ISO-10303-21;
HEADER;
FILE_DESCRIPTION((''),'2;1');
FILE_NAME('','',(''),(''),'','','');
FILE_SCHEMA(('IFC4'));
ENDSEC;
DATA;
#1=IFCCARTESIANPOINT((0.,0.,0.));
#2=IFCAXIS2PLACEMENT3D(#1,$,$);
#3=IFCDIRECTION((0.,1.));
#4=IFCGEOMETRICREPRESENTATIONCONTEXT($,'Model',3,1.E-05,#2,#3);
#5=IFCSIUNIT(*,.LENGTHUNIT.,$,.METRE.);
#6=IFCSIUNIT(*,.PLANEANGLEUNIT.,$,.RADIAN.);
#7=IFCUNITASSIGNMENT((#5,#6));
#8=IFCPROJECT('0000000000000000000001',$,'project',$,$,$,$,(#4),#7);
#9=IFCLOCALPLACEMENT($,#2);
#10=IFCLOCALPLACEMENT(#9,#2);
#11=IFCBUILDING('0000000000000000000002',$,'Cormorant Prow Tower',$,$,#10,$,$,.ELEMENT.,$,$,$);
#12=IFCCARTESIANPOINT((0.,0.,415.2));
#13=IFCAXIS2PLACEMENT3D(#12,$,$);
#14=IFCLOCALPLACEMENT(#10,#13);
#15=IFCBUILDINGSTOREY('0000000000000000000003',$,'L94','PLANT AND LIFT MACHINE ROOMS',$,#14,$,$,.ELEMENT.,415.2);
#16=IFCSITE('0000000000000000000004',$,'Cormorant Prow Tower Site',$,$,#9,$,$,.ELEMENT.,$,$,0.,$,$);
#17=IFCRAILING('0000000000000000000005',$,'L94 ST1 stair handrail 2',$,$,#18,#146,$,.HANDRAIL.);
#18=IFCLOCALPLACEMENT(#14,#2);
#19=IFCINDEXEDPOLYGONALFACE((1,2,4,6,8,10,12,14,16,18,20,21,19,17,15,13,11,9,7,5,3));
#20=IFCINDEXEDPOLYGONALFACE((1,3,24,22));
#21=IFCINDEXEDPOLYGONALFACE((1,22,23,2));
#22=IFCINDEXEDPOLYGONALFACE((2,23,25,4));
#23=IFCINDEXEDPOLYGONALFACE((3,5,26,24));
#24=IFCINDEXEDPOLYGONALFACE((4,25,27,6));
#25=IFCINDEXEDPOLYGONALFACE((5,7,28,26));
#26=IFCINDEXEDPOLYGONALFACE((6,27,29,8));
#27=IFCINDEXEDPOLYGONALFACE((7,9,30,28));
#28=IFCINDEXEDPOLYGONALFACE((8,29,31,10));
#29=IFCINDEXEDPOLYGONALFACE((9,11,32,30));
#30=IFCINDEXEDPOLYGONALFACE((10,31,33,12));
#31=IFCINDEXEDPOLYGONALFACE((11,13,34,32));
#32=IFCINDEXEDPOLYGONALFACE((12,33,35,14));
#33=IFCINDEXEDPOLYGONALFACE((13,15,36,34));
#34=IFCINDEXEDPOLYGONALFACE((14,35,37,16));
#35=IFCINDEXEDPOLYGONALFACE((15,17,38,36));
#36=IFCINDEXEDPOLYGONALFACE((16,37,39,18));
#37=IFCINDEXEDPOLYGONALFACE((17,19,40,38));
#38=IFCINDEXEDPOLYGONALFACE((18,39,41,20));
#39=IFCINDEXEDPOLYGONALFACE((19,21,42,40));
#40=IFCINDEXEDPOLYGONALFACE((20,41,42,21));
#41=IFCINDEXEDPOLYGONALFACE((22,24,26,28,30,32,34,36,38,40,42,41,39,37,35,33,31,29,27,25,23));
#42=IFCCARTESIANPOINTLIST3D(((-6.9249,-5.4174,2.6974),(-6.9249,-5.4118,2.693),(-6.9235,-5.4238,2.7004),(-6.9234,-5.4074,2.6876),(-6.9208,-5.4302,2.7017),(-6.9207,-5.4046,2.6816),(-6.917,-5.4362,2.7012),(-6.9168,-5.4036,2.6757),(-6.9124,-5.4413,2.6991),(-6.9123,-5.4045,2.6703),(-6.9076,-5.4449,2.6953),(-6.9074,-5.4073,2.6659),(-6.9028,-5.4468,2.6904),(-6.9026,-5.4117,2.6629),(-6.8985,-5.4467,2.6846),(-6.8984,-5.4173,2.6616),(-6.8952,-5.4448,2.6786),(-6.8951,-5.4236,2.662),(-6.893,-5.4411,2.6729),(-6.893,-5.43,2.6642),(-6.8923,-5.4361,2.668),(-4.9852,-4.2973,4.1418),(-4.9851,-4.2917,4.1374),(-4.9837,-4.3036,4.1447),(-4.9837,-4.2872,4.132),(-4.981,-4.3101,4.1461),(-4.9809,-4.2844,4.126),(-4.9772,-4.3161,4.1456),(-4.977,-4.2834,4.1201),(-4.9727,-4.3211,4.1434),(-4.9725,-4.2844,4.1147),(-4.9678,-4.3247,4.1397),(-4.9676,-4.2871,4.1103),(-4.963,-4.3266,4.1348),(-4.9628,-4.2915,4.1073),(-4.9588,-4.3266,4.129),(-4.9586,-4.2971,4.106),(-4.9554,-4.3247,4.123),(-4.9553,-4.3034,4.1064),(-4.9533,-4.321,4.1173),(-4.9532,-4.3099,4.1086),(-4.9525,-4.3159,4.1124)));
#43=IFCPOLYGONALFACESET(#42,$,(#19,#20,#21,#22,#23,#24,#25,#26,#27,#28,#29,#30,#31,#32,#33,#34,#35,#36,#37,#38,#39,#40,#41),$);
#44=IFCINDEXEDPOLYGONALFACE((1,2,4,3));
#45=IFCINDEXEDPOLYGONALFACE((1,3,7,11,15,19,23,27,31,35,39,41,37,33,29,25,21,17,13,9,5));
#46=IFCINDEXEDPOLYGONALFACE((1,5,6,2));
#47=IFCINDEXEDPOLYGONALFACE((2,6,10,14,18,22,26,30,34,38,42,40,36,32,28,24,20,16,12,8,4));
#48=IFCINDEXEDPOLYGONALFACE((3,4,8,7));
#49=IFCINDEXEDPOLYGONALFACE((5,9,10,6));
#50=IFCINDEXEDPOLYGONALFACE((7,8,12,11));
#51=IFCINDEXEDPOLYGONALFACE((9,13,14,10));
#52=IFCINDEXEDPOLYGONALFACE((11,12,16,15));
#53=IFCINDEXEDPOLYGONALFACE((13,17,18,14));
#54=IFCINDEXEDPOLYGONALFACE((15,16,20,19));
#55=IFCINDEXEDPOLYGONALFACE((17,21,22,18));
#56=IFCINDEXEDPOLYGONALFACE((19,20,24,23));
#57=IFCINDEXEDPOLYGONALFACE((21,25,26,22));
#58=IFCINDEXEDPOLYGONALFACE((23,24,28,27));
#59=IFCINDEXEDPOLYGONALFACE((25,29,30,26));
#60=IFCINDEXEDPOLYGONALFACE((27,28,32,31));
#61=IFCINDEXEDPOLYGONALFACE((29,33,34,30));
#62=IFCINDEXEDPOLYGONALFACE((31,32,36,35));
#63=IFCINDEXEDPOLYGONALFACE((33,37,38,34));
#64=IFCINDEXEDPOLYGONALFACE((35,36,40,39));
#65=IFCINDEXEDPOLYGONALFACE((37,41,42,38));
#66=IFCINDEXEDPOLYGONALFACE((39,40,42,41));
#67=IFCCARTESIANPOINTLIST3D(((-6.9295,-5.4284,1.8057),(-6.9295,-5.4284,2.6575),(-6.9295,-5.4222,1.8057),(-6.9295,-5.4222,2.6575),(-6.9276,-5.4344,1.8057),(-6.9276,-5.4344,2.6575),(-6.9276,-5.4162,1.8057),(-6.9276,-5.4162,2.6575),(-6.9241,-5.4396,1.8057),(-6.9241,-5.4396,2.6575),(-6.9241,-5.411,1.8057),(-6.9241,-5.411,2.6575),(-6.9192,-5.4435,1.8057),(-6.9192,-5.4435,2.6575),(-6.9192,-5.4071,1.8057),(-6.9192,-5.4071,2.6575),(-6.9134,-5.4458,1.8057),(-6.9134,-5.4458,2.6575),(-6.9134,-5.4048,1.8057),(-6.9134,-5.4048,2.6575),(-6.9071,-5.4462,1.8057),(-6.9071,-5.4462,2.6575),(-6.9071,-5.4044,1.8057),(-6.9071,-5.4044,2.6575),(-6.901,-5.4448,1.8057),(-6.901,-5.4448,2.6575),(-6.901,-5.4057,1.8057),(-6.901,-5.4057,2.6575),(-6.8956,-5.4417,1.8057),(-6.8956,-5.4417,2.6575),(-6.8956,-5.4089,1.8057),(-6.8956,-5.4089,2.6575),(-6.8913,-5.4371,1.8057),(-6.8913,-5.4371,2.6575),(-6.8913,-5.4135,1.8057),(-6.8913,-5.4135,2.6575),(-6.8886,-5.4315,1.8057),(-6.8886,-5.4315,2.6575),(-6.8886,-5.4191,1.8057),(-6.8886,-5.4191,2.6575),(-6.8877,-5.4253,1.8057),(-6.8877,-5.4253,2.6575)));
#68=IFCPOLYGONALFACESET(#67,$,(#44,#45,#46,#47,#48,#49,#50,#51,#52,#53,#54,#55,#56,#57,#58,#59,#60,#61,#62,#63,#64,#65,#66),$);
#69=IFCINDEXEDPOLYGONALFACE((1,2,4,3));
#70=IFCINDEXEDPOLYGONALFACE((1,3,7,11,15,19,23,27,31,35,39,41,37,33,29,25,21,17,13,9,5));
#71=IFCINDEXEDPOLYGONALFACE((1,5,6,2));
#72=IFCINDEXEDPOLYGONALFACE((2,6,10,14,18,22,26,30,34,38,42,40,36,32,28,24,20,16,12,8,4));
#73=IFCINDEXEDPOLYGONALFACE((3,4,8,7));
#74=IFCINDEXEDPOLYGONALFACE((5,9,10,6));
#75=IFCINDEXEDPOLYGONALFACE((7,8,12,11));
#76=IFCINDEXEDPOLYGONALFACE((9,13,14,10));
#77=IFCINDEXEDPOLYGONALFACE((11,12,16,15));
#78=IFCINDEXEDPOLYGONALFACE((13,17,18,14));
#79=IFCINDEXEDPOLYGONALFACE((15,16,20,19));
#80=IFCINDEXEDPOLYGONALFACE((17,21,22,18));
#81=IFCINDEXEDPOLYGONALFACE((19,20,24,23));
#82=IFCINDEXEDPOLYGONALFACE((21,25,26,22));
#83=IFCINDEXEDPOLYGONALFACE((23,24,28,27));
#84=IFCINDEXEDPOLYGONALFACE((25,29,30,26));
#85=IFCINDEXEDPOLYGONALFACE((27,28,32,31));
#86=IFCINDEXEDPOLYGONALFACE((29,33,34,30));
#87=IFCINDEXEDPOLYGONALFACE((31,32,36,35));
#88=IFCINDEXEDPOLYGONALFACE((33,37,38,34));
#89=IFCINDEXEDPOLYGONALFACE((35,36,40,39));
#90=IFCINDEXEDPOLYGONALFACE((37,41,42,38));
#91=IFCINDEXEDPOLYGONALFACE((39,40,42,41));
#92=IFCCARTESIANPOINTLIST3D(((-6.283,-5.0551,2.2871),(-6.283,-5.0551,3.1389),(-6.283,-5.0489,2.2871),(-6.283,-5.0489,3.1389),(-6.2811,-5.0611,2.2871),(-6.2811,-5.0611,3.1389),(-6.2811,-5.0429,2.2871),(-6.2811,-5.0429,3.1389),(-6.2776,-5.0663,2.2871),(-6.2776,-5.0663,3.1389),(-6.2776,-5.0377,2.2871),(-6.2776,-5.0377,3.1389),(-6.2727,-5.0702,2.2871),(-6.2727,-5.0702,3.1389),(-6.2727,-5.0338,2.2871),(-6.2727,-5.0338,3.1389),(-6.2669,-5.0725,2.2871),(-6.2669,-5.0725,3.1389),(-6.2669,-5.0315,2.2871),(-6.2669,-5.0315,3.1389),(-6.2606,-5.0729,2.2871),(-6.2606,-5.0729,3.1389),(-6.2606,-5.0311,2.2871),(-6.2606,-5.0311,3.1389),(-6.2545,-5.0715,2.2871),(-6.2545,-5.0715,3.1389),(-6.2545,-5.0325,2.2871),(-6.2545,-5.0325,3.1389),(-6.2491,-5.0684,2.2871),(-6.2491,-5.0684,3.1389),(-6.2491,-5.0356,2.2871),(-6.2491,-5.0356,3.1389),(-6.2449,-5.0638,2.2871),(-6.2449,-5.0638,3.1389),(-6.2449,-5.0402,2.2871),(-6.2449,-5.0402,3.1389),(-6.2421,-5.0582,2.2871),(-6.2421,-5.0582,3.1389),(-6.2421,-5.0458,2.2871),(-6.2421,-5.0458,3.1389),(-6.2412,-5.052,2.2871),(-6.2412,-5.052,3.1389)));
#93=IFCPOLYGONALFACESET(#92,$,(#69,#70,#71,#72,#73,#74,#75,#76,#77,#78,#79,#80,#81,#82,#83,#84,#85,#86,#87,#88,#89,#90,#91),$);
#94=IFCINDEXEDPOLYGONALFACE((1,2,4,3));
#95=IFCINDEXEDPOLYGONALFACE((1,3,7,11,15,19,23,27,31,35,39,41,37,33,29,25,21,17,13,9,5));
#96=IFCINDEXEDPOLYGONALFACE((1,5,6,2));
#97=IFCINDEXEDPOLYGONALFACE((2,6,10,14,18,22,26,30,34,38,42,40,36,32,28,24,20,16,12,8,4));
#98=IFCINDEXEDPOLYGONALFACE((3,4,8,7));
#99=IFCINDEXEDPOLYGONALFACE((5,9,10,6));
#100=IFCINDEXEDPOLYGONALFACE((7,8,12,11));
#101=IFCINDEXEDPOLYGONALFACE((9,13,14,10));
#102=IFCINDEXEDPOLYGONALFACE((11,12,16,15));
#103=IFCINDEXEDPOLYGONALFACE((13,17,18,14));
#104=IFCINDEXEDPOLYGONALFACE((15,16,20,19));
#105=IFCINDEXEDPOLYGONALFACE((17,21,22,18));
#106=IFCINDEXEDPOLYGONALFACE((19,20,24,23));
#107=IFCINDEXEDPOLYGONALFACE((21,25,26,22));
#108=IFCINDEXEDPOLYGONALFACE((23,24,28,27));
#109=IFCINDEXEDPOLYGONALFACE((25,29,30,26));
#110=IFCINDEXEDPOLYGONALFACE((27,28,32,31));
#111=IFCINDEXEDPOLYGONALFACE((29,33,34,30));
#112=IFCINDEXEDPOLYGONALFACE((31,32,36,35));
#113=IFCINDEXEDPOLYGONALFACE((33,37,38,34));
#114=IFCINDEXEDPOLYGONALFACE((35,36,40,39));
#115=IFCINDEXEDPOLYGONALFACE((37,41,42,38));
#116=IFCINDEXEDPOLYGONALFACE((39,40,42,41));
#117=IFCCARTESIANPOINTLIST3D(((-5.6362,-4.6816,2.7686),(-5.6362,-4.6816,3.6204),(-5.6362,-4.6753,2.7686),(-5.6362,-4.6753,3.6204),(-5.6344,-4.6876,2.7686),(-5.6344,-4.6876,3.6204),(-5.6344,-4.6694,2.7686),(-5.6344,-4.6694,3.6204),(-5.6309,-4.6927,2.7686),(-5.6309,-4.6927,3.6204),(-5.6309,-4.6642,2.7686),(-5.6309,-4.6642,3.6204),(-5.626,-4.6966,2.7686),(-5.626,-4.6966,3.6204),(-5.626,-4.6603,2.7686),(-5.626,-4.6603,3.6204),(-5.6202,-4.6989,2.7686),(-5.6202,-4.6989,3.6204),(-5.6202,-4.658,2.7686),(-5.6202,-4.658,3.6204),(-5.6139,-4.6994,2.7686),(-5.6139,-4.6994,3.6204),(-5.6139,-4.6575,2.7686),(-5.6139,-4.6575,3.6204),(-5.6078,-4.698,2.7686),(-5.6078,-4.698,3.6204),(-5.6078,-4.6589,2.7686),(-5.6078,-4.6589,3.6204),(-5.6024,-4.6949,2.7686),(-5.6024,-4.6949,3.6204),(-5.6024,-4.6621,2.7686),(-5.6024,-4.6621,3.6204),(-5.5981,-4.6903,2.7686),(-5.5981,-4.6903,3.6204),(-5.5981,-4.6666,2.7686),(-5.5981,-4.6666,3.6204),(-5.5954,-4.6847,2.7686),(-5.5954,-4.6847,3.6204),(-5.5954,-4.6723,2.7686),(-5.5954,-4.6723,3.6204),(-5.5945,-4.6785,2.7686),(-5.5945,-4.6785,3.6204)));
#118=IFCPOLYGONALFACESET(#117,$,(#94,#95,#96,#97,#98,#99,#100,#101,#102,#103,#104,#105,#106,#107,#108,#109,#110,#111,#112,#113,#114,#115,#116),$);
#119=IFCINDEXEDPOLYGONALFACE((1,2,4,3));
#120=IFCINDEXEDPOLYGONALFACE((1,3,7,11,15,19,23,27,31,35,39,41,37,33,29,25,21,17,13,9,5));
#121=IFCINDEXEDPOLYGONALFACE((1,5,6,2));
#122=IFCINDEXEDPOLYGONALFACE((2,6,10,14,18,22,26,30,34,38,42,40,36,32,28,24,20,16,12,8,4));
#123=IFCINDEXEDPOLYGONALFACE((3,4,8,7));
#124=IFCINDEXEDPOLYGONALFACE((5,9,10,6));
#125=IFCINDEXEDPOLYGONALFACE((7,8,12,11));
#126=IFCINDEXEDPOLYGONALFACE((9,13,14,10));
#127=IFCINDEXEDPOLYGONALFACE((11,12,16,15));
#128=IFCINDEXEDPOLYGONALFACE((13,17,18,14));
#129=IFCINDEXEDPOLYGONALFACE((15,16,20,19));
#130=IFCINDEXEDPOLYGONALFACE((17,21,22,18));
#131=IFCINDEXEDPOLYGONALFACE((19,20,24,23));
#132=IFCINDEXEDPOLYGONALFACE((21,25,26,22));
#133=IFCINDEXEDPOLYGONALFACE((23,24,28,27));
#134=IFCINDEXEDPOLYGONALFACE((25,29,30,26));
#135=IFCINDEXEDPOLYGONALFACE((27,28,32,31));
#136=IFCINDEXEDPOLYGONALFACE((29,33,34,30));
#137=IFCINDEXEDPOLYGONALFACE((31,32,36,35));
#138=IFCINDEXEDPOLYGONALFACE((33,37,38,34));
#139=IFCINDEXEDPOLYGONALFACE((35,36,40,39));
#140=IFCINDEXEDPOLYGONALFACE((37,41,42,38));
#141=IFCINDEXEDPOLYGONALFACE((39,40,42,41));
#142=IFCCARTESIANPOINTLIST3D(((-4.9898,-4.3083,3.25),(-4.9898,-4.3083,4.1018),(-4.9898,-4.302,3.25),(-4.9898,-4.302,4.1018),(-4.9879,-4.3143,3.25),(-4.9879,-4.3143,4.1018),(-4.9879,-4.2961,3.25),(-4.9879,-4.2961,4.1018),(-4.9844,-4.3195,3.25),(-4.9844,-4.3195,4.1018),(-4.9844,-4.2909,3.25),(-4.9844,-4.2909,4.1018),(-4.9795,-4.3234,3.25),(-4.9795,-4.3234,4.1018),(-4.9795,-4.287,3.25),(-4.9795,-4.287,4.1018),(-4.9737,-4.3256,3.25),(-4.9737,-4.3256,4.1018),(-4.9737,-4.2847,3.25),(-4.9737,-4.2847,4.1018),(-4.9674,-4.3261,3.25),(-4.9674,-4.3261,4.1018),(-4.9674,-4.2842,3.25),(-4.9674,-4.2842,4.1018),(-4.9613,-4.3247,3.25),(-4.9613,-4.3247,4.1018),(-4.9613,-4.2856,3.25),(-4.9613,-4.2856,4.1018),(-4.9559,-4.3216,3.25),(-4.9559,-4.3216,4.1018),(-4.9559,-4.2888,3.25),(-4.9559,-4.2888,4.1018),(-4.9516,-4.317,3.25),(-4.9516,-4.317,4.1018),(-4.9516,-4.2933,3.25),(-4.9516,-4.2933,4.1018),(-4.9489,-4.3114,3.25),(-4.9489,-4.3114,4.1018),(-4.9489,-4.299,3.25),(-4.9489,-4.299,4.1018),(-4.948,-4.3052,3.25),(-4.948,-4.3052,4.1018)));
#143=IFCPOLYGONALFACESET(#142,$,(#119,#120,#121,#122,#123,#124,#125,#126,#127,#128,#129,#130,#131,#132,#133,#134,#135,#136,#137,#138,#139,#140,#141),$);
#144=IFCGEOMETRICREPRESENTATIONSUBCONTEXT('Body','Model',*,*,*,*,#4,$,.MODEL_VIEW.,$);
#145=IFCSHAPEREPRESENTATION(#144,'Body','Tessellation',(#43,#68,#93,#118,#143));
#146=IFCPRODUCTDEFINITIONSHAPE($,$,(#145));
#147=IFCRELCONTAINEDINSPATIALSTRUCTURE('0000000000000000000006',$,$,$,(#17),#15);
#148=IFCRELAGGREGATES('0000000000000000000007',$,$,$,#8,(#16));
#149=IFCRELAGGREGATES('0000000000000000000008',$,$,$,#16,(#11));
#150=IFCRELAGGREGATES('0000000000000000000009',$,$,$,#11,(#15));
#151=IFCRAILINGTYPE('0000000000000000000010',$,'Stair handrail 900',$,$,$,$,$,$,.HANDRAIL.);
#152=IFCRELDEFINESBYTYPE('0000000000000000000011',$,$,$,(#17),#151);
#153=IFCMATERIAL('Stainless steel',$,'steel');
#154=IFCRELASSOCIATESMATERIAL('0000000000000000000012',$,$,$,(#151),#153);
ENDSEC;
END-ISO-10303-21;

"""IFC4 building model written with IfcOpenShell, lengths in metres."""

from ifc_helpers import new_model, si_unit, direction, frame, origin, origin_2d, place, context, subcontext, project, spatial, circle, extrude, material, type_object, element, save


model = new_model("IFC4")

# Units and contexts
model_context = context("Model", 3, precision=1e-05, world=origin(), true_north=direction((0.0, 1.0)))
body_context = subcontext(model_context, "Body", "Model", "MODEL_VIEW")
ifc_project = project(units=[si_unit("LENGTHUNIT", "METRE"), si_unit("PLANEANGLEUNIT", "RADIAN")], contexts=[model_context])

# Site, building, storey
site_placement = place(None, origin())
site = spatial("IfcSite", under=ifc_project, at=site_placement, Name="Cormorant Prow Tower Site", CompositionType="ELEMENT", RefElevation=0.0)
building_placement = place(site_placement, origin())
building = spatial("IfcBuilding", under=site, at=building_placement, Name="Cormorant Prow Tower", CompositionType="ELEMENT")
storey_placement = place(building_placement, frame((0.0, 0.0, 415.2)))
storey = spatial("IfcBuildingStorey", under=building, at=storey_placement, Name="L94", Description="PLANT AND LIFT MACHINE ROOMS", CompositionType="ELEMENT", Elevation=415.2)

# Railing
ifc_material_1 = material(Name="Stainless steel", Category="steel")
railing_type_1 = type_object("IfcRailingType", Name="Stair handrail 900", PredefinedType="HANDRAIL", material=ifc_material_1)
railing_1_placement = place(storey_placement, frame((-6.9087, -5.4253, 1.8057)))
element("IfcRailing", 1, at=railing_1_placement, inside=storey, type_object=railing_type_1, Name="L94 ST1 stair handrail 2", PredefinedType="HANDRAIL", context=body_context, shape_type="SweptSolid", body=[
    extrude(circle(Radius=0.0239, at=origin_2d()), frame((0.0, 0.0, 0.876), z_axis=(0.727792, 0.420278, 0.541928), x_axis=(-0.500078, 0.86598, 0.0)), (0.0, 0.0, 1.0), 2.6653),
    extrude(circle(Radius=0.021, at=origin_2d()), origin(), (0.0, 0.0, 1.0), 0.8518),
    extrude(circle(Radius=0.021, at=origin_2d()), frame((0.6465, 0.3733, 0.4814)), (0.0, 0.0, 1.0), 0.8518),
    extrude(circle(Radius=0.021, at=origin_2d()), frame((1.2932, 0.7468, 0.9629)), (0.0, 0.0, 1.0), 0.8518),
    extrude(circle(Radius=0.021, at=origin_2d()), frame((1.9397, 1.1201, 1.4443)), (0.0, 0.0, 1.0), 0.8518),
])

save(model, "model.ifc")
